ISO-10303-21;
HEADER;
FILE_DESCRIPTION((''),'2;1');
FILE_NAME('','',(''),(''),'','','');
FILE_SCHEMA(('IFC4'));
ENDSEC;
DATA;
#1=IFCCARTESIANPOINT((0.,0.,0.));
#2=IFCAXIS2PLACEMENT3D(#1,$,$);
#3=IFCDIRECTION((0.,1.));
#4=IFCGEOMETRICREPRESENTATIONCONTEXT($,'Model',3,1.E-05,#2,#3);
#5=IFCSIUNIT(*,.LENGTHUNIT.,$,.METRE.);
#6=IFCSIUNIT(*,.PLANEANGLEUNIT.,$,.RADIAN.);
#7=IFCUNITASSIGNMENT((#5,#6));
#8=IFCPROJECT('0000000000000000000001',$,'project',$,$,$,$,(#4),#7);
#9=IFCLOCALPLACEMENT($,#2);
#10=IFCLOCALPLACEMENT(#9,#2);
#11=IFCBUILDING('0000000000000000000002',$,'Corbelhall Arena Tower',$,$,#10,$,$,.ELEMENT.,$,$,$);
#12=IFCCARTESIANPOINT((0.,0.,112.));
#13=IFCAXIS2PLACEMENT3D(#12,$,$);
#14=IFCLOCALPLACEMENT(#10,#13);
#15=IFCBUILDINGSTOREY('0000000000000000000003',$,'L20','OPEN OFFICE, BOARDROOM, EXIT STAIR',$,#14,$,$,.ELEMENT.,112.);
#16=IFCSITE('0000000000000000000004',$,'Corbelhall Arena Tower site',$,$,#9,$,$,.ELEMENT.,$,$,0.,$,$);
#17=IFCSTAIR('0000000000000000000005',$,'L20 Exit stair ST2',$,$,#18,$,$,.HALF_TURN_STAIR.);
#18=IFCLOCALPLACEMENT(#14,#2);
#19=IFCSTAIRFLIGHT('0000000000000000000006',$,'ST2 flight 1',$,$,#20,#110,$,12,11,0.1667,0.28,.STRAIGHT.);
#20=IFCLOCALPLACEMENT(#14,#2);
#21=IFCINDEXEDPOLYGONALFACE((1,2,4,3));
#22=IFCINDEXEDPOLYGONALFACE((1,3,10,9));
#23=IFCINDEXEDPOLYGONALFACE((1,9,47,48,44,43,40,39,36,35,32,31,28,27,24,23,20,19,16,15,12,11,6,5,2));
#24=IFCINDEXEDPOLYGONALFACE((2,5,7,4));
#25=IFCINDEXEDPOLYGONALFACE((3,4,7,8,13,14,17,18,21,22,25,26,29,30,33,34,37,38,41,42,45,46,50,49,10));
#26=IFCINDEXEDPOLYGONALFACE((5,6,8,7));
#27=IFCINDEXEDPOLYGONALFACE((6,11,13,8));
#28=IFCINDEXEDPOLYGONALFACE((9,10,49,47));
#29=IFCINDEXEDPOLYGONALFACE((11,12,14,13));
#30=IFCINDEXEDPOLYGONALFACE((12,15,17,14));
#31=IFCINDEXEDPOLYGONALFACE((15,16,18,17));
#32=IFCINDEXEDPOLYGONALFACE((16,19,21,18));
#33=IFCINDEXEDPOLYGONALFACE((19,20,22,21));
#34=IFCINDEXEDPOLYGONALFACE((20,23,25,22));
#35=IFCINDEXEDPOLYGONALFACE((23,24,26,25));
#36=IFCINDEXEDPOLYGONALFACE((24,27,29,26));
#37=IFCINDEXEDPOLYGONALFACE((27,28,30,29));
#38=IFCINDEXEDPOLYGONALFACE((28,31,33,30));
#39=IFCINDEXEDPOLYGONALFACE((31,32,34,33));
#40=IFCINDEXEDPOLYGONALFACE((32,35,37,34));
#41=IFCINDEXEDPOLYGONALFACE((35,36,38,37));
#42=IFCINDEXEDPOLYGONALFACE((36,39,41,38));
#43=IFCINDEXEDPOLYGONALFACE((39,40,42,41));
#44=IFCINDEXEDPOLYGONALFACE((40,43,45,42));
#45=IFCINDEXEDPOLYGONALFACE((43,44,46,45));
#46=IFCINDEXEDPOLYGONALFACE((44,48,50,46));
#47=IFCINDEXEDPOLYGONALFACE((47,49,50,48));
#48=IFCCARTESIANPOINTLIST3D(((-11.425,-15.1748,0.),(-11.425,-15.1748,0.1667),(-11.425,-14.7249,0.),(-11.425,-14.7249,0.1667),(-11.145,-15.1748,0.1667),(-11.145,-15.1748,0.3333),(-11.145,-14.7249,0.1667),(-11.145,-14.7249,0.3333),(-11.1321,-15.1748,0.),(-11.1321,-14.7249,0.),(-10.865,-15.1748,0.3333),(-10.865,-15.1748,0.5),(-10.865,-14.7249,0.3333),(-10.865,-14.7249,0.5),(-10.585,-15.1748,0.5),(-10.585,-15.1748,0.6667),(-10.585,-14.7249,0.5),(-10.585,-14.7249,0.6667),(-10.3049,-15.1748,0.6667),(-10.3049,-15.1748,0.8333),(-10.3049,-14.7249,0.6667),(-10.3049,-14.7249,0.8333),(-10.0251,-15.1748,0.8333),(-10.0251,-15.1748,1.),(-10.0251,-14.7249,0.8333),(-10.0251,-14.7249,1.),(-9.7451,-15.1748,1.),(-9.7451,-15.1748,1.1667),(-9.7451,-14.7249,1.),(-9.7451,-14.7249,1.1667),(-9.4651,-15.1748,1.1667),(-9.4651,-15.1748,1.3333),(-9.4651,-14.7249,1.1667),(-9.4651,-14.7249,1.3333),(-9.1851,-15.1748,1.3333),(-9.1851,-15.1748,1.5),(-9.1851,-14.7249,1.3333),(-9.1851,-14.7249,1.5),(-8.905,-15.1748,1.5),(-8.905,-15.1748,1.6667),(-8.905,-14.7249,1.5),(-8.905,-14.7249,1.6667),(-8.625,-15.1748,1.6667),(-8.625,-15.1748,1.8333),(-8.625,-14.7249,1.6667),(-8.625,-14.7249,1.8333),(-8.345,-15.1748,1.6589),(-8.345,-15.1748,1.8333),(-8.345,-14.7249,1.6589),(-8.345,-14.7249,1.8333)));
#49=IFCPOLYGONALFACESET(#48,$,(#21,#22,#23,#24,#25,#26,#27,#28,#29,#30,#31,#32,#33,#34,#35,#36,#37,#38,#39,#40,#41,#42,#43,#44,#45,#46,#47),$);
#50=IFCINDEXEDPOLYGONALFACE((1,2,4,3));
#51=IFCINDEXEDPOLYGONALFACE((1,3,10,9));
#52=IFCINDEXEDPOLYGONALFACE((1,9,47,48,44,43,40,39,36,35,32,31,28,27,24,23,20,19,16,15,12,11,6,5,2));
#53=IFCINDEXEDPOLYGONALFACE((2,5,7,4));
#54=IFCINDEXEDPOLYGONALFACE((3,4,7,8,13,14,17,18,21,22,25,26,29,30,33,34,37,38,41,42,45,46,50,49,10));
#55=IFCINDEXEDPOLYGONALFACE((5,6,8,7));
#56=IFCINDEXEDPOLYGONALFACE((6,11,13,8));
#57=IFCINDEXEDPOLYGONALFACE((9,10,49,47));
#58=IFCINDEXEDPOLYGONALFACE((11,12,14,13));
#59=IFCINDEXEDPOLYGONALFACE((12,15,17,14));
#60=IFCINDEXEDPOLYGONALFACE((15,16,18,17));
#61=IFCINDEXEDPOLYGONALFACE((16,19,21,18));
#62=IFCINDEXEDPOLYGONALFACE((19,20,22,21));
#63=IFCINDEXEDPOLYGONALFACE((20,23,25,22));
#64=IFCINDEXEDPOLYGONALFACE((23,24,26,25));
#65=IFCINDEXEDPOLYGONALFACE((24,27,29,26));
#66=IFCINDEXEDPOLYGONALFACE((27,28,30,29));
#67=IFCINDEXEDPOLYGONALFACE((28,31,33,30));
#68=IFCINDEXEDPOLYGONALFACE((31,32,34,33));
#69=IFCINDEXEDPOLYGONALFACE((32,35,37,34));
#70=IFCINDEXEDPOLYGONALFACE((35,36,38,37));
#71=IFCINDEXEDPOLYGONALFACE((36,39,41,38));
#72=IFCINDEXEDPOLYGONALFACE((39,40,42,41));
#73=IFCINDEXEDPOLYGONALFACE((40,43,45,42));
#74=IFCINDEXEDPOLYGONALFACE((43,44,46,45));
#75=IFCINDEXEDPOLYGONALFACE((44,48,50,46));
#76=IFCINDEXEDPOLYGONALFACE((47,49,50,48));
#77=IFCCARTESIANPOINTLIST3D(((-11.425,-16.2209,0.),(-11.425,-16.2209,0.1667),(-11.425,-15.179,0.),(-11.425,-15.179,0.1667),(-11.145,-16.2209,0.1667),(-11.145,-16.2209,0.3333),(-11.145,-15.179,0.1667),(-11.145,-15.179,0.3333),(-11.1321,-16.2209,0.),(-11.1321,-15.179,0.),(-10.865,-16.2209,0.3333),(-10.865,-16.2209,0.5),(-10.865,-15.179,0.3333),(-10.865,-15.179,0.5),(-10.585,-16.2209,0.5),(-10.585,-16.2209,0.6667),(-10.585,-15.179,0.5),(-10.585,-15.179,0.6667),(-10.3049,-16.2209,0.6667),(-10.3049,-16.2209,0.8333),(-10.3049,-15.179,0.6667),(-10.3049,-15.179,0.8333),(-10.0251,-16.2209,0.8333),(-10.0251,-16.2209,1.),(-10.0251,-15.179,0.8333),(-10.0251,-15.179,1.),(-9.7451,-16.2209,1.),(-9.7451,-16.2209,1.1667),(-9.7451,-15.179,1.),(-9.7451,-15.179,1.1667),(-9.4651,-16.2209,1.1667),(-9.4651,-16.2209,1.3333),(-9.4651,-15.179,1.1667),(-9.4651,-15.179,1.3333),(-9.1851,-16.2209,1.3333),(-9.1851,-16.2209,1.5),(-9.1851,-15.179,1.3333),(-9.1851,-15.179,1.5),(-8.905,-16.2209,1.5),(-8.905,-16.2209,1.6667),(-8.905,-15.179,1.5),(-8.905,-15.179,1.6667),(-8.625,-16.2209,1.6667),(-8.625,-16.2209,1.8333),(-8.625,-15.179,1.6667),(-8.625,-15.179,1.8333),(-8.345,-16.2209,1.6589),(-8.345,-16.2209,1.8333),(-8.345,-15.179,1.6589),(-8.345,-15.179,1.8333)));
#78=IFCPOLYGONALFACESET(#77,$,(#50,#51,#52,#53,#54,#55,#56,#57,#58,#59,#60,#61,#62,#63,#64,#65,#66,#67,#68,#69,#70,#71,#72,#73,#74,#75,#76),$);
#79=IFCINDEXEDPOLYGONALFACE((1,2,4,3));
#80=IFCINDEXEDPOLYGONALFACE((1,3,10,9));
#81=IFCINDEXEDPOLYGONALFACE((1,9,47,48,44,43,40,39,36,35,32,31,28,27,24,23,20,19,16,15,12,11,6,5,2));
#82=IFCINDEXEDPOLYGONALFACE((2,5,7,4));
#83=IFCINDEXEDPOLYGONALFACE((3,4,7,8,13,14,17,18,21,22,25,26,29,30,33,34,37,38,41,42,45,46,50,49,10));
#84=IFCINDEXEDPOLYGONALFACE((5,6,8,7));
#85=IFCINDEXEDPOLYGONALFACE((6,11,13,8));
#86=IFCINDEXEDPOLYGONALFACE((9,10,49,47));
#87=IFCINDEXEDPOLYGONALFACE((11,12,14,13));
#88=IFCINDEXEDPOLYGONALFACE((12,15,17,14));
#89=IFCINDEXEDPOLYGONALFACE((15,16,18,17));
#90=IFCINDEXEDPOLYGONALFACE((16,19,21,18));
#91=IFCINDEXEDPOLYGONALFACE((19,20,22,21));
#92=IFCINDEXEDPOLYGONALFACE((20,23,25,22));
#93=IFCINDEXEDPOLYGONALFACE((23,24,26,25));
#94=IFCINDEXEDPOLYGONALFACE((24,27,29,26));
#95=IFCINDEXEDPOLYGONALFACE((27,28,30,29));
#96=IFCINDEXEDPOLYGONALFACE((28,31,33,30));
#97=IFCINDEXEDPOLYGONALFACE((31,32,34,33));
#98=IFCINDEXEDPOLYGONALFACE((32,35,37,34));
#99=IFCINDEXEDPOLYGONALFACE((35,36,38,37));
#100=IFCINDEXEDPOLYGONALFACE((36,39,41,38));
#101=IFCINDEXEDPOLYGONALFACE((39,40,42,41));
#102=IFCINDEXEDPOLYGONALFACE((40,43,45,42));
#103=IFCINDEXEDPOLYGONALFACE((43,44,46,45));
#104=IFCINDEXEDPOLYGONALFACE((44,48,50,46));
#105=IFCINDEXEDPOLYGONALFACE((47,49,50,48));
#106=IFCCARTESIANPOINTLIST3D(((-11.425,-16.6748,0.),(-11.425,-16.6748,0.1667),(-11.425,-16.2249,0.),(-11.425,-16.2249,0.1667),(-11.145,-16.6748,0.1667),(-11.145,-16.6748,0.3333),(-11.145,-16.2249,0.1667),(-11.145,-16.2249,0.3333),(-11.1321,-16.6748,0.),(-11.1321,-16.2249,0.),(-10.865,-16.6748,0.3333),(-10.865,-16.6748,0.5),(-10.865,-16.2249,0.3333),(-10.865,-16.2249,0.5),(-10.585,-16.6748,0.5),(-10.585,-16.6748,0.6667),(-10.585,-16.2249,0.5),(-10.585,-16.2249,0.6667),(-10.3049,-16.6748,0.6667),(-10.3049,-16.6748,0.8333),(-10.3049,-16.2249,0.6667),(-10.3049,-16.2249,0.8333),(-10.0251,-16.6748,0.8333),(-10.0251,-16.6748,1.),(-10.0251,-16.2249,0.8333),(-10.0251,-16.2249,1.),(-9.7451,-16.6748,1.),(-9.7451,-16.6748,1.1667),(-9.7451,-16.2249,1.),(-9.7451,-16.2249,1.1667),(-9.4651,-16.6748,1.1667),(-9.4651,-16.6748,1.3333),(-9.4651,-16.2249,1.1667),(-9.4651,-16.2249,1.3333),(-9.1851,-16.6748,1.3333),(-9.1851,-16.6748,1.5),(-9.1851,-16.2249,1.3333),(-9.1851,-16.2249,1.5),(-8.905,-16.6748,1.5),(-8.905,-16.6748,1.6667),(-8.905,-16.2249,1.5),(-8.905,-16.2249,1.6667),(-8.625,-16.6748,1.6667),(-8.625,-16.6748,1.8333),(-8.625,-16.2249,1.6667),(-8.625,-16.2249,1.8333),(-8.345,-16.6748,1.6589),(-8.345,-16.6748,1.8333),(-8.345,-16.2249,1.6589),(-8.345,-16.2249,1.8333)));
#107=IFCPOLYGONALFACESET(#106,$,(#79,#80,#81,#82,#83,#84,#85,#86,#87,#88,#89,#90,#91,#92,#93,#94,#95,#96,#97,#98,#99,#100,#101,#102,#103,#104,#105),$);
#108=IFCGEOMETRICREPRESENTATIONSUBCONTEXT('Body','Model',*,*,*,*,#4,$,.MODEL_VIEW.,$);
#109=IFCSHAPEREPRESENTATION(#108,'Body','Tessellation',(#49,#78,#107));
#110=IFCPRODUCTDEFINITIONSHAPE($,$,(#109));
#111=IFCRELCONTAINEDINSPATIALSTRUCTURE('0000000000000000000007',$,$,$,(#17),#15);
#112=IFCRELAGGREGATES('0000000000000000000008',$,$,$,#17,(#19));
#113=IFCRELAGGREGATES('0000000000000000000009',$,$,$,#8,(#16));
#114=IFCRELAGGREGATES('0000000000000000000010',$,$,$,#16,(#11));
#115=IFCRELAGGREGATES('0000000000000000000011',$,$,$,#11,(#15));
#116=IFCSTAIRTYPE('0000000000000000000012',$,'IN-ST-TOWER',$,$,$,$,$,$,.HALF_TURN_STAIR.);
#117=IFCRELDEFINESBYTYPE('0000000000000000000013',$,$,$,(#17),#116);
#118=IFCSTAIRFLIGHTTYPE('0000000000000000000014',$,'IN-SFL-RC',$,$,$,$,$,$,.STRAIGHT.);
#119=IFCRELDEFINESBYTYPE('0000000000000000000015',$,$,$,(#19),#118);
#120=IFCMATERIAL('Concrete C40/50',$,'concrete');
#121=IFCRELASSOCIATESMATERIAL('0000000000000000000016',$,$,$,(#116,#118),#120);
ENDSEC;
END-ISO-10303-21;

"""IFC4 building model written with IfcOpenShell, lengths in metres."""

from ifc_helpers import new_model, si_unit, direction, frame, origin, place, context, subcontext, project, spatial, polyline, outline, extrude, material, type_object, element, aggregate, save


model = new_model("IFC4")

# Units and contexts
model_context = context("Model", 3, precision=1e-05, world=origin(), true_north=direction((0.0, 1.0)))
body_context = subcontext(model_context, "Body", "Model", "MODEL_VIEW")
ifc_project = project(units=[si_unit("LENGTHUNIT", "METRE"), si_unit("PLANEANGLEUNIT", "RADIAN")], contexts=[model_context])

# Site, building, storey
site_placement = place(None, origin())
site = spatial("IfcSite", under=ifc_project, at=site_placement, Name="Corbelhall Arena Tower site", CompositionType="ELEMENT", RefElevation=0.0)
building_placement = place(site_placement, origin())
building = spatial("IfcBuilding", under=site, at=building_placement, Name="Corbelhall Arena Tower", CompositionType="ELEMENT")
storey_placement = place(building_placement, frame((0.0, 0.0, 112.0)))
storey = spatial("IfcBuildingStorey", under=building, at=storey_placement, Name="L20", Description="OPEN OFFICE, BOARDROOM, EXIT STAIR", CompositionType="ELEMENT", Elevation=112.0)

# Shared definitions
ifc_material_1 = material(Name="Concrete C40/50", Category="concrete")

# Stair, stair flight
stair_type = type_object("IfcStairType", Name="IN-ST-TOWER", PredefinedType="HALF_TURN_STAIR", material=ifc_material_1)
stair_placement = place(storey_placement, origin())
stair = element("IfcStair", 1, at=stair_placement, inside=storey, type_object=stair_type, Name="L20 Exit stair ST2", PredefinedType="HALF_TURN_STAIR")
stair_flight_type = type_object("IfcStairFlightType", Name="IN-SFL-RC", PredefinedType="STRAIGHT", material=ifc_material_1)
stair_flight_1_placement = place(storey_placement, frame((-11.425, -15.7, 0.0), z_axis=(0.0, 0.0, 1.0), x_axis=(1.0, 0.0, 0.0)))
stair_flight_1 = element("IfcStairFlight", 2, at=stair_flight_1_placement, type_object=stair_flight_type, Name="ST2 flight 1", NumberOfRisers=12, NumberOfTreads=11, PredefinedType="STRAIGHT", RiserHeight=0.1667, TreadLength=0.28, context=body_context, shape_type="SweptSolid", body=[
    extrude(outline(polyline([(0.0, 0.0), (0.0, 0.1667), (0.28, 0.1667), (0.28, 0.3333), (0.5601, 0.3333), (0.5601, 0.5), (0.8401, 0.5), (0.8401, 0.6667), (1.1201, 0.6667), (1.1201, 0.8333), (1.3999, 0.8333), (1.3999, 1.0), (1.6799, 1.0), (1.6799, 1.1667), (1.96, 1.1667), (1.96, 1.3333), (2.24, 1.3333), (2.24, 1.5), (2.52, 1.5), (2.52, 1.6667), (2.8, 1.6667), (2.8, 1.8333), (3.0801, 1.8333), (3.0801, 2.0), (3.0801, 1.6589), (0.293, 0.0), (0.0, 0.0)])), frame((0.0, 0.9751, 0.0), z_axis=(0.0, -1.0, 0.0), x_axis=(1.0, 0.0, 0.0)), (0.0, 0.0, 1.0), 0.45),
    extrude(outline(polyline([(0.0, 0.0), (0.0, 0.1667), (0.28, 0.1667), (0.28, 0.3333), (0.5601, 0.3333), (0.5601, 0.5), (0.8401, 0.5), (0.8401, 0.6667), (1.1201, 0.6667), (1.1201, 0.8333), (1.3999, 0.8333), (1.3999, 1.0), (1.6799, 1.0), (1.6799, 1.1667), (1.96, 1.1667), (1.96, 1.3333), (2.24, 1.3333), (2.24, 1.5), (2.52, 1.5), (2.52, 1.6667), (2.8, 1.6667), (2.8, 1.8333), (3.0801, 1.8333), (3.0801, 2.0), (3.0801, 1.6589), (0.293, 0.0), (0.0, 0.0)])), frame((0.0, 0.521, 0.0), z_axis=(0.0, -1.0, 0.0), x_axis=(1.0, 0.0, 0.0)), (0.0, 0.0, 1.0), 1.042),
    extrude(outline(polyline([(0.0, 0.0), (0.0, 0.1667), (0.28, 0.1667), (0.28, 0.3333), (0.5601, 0.3333), (0.5601, 0.5), (0.8401, 0.5), (0.8401, 0.6667), (1.1201, 0.6667), (1.1201, 0.8333), (1.3999, 0.8333), (1.3999, 1.0), (1.6799, 1.0), (1.6799, 1.1667), (1.96, 1.1667), (1.96, 1.3333), (2.24, 1.3333), (2.24, 1.5), (2.52, 1.5), (2.52, 1.6667), (2.8, 1.6667), (2.8, 1.8333), (3.0801, 1.8333), (3.0801, 2.0), (3.0801, 1.6589), (0.293, 0.0), (0.0, 0.0)])), frame((0.0, -0.5249, 0.0), z_axis=(0.0, -1.0, 0.0), x_axis=(1.0, 0.0, 0.0)), (0.0, 0.0, 1.0), 0.45),
])
aggregate(stair, [stair_flight_1])

save(model, "model.ifc")
